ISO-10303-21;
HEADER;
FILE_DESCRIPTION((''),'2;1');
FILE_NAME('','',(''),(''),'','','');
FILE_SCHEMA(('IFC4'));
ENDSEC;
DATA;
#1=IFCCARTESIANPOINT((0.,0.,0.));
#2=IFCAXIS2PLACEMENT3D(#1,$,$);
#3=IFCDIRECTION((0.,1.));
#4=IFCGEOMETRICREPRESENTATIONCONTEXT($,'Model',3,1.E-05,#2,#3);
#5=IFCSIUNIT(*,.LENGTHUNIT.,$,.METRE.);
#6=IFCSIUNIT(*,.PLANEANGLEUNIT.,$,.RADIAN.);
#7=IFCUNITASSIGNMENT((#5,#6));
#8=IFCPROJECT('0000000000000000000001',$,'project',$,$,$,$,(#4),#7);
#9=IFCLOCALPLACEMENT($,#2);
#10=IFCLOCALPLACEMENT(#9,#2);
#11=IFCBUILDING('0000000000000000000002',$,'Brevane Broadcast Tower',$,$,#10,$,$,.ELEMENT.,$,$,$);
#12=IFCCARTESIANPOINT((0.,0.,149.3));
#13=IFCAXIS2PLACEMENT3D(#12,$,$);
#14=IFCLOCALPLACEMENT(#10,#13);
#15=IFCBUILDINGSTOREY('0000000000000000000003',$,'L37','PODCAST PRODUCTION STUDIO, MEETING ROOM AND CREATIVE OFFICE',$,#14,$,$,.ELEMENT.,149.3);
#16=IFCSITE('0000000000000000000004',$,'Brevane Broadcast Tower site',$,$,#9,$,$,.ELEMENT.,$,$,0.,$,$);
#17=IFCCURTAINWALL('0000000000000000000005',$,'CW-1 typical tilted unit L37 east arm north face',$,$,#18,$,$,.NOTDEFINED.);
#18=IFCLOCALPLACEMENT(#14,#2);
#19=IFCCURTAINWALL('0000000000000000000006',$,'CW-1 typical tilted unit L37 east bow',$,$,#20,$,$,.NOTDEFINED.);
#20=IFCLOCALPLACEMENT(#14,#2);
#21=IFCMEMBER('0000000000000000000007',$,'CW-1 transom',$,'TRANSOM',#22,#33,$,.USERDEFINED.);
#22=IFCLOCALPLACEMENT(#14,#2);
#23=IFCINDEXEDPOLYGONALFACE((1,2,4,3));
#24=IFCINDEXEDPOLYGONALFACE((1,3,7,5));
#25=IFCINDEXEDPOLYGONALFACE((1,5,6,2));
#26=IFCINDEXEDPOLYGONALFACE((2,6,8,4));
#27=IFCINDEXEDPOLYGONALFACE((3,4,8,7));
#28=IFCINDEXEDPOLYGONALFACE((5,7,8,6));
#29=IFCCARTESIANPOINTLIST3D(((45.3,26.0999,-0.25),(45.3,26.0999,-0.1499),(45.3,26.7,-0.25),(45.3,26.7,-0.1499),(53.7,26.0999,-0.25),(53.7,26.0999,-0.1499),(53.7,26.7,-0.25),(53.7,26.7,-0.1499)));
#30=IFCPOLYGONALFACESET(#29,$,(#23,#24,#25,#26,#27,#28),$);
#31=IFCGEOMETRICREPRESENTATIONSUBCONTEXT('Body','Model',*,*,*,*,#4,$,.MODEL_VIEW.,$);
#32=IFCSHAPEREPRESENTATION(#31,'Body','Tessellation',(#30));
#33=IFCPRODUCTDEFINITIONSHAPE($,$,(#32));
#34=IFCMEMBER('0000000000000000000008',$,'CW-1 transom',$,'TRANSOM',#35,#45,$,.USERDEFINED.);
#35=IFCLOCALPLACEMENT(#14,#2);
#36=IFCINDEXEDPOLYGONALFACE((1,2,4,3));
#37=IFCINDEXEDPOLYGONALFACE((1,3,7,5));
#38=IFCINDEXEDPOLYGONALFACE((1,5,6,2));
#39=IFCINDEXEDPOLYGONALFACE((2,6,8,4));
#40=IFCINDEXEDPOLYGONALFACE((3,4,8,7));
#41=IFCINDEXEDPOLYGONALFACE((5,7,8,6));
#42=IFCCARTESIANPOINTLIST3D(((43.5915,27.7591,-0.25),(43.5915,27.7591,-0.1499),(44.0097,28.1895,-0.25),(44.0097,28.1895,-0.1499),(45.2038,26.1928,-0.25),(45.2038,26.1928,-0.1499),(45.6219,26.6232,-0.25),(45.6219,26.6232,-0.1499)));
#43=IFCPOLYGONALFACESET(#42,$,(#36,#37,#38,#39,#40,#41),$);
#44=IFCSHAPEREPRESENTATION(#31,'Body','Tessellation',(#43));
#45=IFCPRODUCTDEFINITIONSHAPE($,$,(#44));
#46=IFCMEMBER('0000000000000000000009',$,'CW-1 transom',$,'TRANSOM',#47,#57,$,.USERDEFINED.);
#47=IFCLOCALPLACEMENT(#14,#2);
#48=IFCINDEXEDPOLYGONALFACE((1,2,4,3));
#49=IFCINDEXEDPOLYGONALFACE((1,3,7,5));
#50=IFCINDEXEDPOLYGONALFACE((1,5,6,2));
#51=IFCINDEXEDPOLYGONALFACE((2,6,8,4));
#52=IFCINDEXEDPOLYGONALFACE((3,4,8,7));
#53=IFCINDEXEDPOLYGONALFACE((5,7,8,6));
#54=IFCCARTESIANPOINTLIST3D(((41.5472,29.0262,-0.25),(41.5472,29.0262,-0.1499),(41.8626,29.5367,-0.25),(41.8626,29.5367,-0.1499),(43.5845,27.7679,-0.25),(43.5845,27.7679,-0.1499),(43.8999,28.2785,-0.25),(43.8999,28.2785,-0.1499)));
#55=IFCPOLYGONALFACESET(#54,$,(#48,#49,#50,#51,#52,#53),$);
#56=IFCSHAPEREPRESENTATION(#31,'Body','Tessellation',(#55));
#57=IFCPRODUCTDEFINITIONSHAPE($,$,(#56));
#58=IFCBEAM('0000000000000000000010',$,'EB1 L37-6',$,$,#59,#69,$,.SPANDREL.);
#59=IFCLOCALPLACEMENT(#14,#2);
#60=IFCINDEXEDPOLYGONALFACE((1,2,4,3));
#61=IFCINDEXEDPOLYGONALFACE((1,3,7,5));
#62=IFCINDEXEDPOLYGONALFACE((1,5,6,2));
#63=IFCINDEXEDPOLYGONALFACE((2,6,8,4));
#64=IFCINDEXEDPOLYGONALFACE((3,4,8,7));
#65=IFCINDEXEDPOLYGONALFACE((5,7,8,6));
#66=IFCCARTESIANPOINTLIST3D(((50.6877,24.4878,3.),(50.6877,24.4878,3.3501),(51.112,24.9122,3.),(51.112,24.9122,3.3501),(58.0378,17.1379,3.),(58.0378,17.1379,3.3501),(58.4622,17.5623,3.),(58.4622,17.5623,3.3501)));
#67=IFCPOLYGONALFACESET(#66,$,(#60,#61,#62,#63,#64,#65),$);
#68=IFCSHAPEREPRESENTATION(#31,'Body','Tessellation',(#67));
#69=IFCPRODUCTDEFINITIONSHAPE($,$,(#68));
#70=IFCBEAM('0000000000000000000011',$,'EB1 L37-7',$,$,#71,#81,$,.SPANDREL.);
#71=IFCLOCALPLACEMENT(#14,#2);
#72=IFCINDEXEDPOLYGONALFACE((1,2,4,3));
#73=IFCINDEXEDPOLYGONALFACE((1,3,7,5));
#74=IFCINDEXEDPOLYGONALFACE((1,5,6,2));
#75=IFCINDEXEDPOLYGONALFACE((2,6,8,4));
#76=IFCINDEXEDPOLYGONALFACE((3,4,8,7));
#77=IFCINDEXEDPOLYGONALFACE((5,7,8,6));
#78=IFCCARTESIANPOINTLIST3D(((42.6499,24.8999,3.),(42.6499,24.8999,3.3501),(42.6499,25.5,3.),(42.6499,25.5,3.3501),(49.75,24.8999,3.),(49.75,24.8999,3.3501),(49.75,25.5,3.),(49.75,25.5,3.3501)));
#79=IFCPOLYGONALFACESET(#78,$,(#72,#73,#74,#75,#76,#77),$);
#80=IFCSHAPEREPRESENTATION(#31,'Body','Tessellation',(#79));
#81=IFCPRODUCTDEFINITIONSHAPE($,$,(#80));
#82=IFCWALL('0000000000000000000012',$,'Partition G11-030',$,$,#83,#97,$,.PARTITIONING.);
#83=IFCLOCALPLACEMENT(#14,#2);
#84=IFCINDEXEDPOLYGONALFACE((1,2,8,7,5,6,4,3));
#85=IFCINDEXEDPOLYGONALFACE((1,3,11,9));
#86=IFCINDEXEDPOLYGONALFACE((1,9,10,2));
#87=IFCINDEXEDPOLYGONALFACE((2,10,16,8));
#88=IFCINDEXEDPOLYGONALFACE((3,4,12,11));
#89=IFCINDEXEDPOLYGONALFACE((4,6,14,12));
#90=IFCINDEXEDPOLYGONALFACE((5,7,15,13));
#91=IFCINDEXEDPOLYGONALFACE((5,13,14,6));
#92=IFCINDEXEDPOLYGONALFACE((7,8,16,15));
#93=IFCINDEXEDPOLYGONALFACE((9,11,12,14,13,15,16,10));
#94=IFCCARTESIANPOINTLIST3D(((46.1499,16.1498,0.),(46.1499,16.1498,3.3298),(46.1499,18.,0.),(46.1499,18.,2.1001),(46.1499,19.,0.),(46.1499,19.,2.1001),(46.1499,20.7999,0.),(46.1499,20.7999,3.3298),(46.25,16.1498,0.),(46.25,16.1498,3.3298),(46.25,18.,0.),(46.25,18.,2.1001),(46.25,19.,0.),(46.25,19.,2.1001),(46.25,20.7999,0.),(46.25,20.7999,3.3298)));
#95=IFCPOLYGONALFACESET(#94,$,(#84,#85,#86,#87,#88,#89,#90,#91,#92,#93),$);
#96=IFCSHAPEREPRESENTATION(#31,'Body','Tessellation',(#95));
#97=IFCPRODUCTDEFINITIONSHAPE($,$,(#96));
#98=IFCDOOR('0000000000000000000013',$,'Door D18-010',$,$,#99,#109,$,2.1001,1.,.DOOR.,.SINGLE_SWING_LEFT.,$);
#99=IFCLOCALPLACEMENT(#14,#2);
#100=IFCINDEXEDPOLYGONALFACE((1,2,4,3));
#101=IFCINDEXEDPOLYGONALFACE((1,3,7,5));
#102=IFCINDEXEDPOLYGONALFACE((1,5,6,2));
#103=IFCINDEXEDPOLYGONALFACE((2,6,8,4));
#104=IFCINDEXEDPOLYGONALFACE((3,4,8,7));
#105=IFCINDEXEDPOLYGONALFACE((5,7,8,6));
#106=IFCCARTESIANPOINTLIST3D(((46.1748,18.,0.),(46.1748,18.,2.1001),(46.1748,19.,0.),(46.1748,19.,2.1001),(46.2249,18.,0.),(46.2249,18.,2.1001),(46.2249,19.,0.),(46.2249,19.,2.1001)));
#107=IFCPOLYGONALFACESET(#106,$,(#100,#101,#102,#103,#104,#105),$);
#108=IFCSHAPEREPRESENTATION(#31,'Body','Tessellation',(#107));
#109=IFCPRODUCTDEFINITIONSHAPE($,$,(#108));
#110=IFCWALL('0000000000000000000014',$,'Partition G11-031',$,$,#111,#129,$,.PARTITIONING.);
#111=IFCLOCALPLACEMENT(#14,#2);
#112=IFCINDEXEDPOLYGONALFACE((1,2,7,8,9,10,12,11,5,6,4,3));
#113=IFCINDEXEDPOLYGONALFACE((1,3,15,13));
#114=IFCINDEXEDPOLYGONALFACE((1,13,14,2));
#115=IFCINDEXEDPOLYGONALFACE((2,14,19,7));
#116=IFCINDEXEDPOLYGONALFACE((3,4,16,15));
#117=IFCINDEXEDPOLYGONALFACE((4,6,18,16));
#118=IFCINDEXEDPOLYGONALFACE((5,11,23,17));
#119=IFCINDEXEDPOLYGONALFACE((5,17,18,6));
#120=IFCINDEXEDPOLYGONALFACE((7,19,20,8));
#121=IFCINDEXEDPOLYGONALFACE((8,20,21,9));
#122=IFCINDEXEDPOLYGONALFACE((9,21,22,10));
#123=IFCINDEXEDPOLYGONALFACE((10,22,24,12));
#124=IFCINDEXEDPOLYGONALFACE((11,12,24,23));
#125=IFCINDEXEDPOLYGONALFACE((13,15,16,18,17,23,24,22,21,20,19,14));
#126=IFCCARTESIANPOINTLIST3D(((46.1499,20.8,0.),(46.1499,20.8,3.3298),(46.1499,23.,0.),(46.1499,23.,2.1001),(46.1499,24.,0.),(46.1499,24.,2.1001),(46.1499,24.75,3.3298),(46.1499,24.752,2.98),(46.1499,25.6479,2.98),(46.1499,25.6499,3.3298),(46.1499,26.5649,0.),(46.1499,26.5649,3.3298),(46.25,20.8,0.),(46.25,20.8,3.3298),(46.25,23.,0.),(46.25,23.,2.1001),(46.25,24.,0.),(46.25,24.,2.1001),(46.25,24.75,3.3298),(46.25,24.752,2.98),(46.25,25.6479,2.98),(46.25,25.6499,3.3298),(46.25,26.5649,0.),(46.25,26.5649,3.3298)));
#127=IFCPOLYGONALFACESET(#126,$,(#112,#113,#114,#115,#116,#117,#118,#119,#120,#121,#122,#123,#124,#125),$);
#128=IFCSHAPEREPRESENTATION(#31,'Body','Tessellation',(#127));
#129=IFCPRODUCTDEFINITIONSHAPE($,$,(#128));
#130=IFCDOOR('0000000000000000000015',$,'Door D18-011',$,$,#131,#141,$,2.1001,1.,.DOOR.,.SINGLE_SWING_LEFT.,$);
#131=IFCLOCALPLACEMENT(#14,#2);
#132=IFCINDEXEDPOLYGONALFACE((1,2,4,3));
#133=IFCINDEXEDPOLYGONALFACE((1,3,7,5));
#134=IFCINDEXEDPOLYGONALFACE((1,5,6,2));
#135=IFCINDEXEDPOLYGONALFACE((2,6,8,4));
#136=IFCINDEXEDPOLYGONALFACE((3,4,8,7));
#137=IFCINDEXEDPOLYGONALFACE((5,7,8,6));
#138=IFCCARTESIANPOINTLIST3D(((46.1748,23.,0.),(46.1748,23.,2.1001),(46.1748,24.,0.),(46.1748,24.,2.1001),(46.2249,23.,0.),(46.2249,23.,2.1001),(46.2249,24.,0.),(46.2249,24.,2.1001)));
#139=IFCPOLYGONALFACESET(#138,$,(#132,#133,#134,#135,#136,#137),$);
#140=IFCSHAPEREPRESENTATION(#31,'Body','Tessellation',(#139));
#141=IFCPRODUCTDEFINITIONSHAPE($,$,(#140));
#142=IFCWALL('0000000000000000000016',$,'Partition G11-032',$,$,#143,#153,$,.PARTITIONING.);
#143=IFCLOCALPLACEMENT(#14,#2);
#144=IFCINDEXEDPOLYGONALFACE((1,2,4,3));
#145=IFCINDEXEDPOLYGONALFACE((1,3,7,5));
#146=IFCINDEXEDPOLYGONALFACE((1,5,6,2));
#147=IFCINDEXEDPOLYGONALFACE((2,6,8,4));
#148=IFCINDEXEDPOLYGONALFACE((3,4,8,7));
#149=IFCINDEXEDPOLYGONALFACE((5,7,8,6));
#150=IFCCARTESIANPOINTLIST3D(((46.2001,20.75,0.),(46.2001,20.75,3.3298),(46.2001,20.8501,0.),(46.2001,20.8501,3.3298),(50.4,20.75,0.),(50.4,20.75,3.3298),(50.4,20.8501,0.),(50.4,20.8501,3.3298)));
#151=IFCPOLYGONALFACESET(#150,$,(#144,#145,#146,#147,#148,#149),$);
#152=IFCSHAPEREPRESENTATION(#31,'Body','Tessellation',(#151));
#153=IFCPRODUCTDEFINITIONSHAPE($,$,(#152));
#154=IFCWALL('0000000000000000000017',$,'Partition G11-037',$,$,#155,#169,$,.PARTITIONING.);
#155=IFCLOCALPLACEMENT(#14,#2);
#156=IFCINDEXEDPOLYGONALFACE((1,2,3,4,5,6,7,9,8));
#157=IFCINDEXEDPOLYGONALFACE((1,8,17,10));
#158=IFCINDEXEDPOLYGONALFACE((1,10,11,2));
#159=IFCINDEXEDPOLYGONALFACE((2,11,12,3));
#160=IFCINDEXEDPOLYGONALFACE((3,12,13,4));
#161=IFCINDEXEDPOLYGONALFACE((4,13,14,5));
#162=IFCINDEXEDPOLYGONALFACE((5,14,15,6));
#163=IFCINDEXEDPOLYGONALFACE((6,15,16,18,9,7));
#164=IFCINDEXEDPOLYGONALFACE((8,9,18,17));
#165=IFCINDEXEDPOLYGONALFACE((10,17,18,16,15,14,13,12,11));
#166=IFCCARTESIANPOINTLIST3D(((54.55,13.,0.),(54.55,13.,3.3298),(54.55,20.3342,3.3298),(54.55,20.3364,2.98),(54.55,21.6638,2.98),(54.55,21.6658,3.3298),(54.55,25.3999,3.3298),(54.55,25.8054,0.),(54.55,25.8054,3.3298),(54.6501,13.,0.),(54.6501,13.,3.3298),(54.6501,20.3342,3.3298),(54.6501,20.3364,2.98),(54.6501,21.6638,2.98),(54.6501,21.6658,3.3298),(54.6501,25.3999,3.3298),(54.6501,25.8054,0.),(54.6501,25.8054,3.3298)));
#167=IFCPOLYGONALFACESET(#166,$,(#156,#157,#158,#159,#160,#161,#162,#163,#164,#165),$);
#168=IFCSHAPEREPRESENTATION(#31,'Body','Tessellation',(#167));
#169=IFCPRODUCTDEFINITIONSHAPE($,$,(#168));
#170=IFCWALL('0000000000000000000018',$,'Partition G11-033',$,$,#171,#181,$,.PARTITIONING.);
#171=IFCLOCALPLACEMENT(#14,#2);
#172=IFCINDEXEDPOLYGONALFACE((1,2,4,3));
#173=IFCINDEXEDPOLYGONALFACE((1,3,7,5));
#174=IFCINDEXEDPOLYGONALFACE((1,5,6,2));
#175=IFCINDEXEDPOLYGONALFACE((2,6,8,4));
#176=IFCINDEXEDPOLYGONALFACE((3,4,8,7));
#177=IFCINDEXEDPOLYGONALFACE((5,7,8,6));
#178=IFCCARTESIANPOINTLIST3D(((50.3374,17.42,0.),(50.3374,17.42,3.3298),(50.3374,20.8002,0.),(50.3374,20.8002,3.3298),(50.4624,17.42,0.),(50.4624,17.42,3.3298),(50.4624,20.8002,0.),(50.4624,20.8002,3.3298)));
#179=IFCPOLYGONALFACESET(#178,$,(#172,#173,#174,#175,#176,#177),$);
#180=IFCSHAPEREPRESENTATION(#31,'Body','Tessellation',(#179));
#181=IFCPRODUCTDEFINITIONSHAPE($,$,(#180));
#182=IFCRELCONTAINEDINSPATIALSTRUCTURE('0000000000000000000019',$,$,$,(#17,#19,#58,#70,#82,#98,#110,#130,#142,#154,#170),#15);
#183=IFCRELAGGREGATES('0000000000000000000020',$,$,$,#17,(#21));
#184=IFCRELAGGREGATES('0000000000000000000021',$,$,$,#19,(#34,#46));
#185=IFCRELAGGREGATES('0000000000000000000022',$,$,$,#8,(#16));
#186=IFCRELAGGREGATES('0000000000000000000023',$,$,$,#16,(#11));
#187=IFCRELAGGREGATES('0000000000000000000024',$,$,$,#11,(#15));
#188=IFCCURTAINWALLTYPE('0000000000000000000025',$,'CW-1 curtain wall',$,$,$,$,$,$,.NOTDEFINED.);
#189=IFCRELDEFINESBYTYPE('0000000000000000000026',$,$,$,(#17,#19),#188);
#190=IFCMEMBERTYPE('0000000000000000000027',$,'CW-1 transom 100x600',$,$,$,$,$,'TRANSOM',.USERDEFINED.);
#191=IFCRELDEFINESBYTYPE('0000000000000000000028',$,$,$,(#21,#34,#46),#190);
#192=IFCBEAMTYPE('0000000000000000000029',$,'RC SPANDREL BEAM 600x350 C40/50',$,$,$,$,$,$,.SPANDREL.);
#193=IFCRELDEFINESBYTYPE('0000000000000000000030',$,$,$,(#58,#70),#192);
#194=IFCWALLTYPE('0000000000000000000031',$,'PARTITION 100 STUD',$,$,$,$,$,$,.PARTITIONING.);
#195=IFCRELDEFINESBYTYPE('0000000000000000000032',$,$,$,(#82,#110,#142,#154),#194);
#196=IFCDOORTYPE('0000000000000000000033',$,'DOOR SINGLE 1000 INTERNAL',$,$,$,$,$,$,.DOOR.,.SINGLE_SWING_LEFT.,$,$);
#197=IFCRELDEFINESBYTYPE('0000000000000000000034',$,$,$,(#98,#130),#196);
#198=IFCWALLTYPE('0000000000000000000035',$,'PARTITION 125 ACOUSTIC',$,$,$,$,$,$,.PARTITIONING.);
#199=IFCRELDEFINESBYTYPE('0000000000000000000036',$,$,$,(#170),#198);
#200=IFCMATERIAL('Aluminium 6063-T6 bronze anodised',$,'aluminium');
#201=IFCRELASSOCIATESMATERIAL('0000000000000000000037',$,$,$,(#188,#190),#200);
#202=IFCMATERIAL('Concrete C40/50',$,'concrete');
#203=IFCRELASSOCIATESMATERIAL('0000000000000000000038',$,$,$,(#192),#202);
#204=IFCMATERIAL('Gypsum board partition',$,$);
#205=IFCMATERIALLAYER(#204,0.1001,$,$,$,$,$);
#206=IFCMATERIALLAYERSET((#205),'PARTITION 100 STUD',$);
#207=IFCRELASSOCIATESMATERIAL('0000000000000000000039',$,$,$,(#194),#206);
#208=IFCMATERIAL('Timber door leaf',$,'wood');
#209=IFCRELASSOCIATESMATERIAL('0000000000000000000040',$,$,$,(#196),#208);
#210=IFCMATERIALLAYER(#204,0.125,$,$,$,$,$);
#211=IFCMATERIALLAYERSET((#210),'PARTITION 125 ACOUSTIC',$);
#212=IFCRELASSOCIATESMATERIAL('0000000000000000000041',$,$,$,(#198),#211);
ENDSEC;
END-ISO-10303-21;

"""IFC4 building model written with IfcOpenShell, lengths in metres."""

from ifc_helpers import new_model, si_unit, direction, frame, frame_2d, origin, origin_2d, place, context, subcontext, project, spatial, polyline, rectangle, outline, extrude, material, layer, layer_set, material_profile, profile_set, type_object, element, fill, aggregate, save


model = new_model("IFC4")

# Units and contexts
model_context = context("Model", 3, precision=1e-05, world=origin(), true_north=direction((0.0, 1.0)))
body_context = subcontext(model_context, "Body", "Model", "MODEL_VIEW")
ifc_project = project(units=[si_unit("LENGTHUNIT", "METRE"), si_unit("PLANEANGLEUNIT", "RADIAN")], contexts=[model_context])

# Site, building, storey
site_placement = place(None, origin())
site = spatial("IfcSite", under=ifc_project, at=site_placement, Name="Brevane Broadcast Tower site", CompositionType="ELEMENT", RefElevation=0.0)
building_placement = place(site_placement, origin())
building = spatial("IfcBuilding", under=site, at=building_placement, Name="Brevane Broadcast Tower", CompositionType="ELEMENT")
storey_placement = place(building_placement, frame((0.0, 0.0, 149.3)))
storey = spatial("IfcBuildingStorey", under=building, at=storey_placement, Name="L37", Description="PODCAST PRODUCTION STUDIO, MEETING ROOM AND CREATIVE OFFICE", CompositionType="ELEMENT", Elevation=149.3)

# Curtain walls
ifc_material_1 = material(Name="Aluminium 6063-T6 bronze anodised", Category="aluminium")
curtain_wall_type = type_object("IfcCurtainWallType", Name="CW-1 curtain wall", PredefinedType="NOTDEFINED", material=ifc_material_1)
curtain_wall_1_placement = place(storey_placement, origin())
curtain_wall_1 = element("IfcCurtainWall", 1, at=curtain_wall_1_placement, inside=storey, type_object=curtain_wall_type, Name="CW-1 typical tilted unit L37 east arm north face", PredefinedType="NOTDEFINED")
curtain_wall_2_placement = place(storey_placement, origin())
curtain_wall_2 = element("IfcCurtainWall", 2, at=curtain_wall_2_placement, inside=storey, type_object=curtain_wall_type, Name="CW-1 typical tilted unit L37 east bow", PredefinedType="NOTDEFINED")

# Members
ifc_material_profile_1 = material_profile(ifc_material_1, rectangle(XDim=0.6001, YDim=0.1001, at=origin_2d()), Name="RECT 100x600")
ifc_profile_set_1 = profile_set([ifc_material_profile_1], Name="Aluminium 6063-T6 bronze anodised")
member_type_1 = type_object("IfcMemberType", Name="CW-1 transom 100x600", ElementType="TRANSOM", PredefinedType="USERDEFINED", material=ifc_profile_set_1)
member_1_placement = place(storey_placement, frame((53.7, 26.3999, -0.2), z_axis=(-1.0, 0.0, 0.0), x_axis=(0.0, -1.0, 0.0)))
member_1 = element("IfcMember", 3, at=member_1_placement, type_object=member_type_1, Name="CW-1 transom", ObjectType="TRANSOM", PredefinedType="USERDEFINED", context=body_context, shape_type="SweptSolid", body=[
    extrude(rectangle(XDim=0.6001, YDim=0.1001, at=origin_2d()), origin(), (0.0, 0.0, 1.0), 8.3999),
])
aggregate(curtain_wall_1, [member_1])
member_2_placement = place(storey_placement, frame((45.4128, 26.408, -0.2), z_axis=(-0.717242, 0.696824, 0.0), x_axis=(-0.696824, -0.717242, 0.0)))
member_2 = element("IfcMember", 4, at=member_2_placement, type_object=member_type_1, Name="CW-1 transom", ObjectType="TRANSOM", PredefinedType="USERDEFINED", context=body_context, shape_type="SweptSolid", body=[
    extrude(rectangle(XDim=0.6001, YDim=0.1001, at=origin_2d()), origin(), (0.0, 0.0, 1.0), 2.2478),
])
member_3_placement = place(storey_placement, frame((43.7422, 28.0232, -0.2), z_axis=(-0.85081, 0.525473, 0.0), x_axis=(-0.525473, -0.85081, 0.0)))
member_3 = element("IfcMember", 5, at=member_3_placement, type_object=member_type_1, Name="CW-1 transom", ObjectType="TRANSOM", PredefinedType="USERDEFINED", context=body_context, shape_type="SweptSolid", body=[
    extrude(rectangle(XDim=0.6001, YDim=0.1001, at=origin_2d()), origin(), (0.0, 0.0, 1.0), 2.3945),
])
aggregate(curtain_wall_2, [member_2, member_3])

# Beams
ifc_material_2 = material(Name="Concrete C40/50", Category="concrete")
ifc_material_profile_2 = material_profile(ifc_material_2, rectangle(XDim=0.6001, YDim=0.3501, at=origin_2d()), Name="RC 600x350")
ifc_profile_set_2 = profile_set([ifc_material_profile_2], Name="Concrete C40/50")
beam_type = type_object("IfcBeamType", Name="RC SPANDREL BEAM 600x350 C40/50", PredefinedType="SPANDREL", material=ifc_profile_set_2)
beam_1_placement = place(storey_placement, frame((58.25, 17.3501, 3.175), z_axis=(-0.707119, 0.707095, 0.0), x_axis=(-0.707095, -0.707119, 0.0)))
element("IfcBeam", 6, at=beam_1_placement, inside=storey, type_object=beam_type, Name="EB1 L37-6", PredefinedType="SPANDREL", context=body_context, shape_type="SweptSolid", body=[
    extrude(rectangle(XDim=0.6001, YDim=0.3501, at=origin_2d()), origin(), (0.0, 0.0, 1.0), 10.3945),
])
beam_2_placement = place(storey_placement, frame((49.75, 25.2, 3.175), z_axis=(-1.0, 0.0, 0.0), x_axis=(0.0, -1.0, 0.0)))
element("IfcBeam", 7, at=beam_2_placement, inside=storey, type_object=beam_type, Name="EB1 L37-7", PredefinedType="SPANDREL", context=body_context, shape_type="SweptSolid", body=[
    extrude(rectangle(XDim=0.6001, YDim=0.3501, at=origin_2d()), origin(), (0.0, 0.0, 1.0), 7.1001),
])

# Walls, openings, doors
ifc_material_3 = material(Name="Gypsum board partition")
ifc_layer_1 = layer(ifc_material_3, 0.1001)
ifc_layer_set_1 = layer_set([ifc_layer_1], Name="PARTITION 100 STUD")
wall_type_1 = type_object("IfcWallType", Name="PARTITION 100 STUD", PredefinedType="PARTITIONING", material=ifc_layer_set_1)
wall_1_placement = place(storey_placement, frame((46.2, 20.8, 0.0), z_axis=(0.0, 0.0, 1.0), x_axis=(0.0, -1.0, 0.0)))
wall_1 = element("IfcWall", 8, at=wall_1_placement, inside=storey, type_object=wall_type_1, Name="Partition G11-030", PredefinedType="PARTITIONING", context=body_context, shape_type="SweptSolid", body=[
    extrude(rectangle(XDim=4.6501, YDim=0.1001, at=frame_2d((2.3252, 0.0))), origin(), (0.0, 0.0, 1.0), 3.3298),
])
opening_1_placement = place(wall_1_placement, frame((1.8, 0.0, 0.0)))
opening_1 = element("IfcOpeningElement", 9, at=opening_1_placement, cuts=wall_1, PredefinedType="OPENING", context=body_context, shape_type="SweptSolid", body=[
    extrude(rectangle(XDim=1.0, YDim=2.1001, at=frame_2d((0.5, 1.05))), frame((0.0, 0.0601, 0.0), z_axis=(0.0, -1.0, 0.0), x_axis=(1.0, 0.0, 0.0)), (0.0, 0.0, 1.0), 0.1201),
])
ifc_material_4 = material(Name="Timber door leaf", Category="wood")
door_type = type_object("IfcDoorType", Name="DOOR SINGLE 1000 INTERNAL", OperationType="SINGLE_SWING_LEFT", PredefinedType="DOOR", material=ifc_material_4)
door_1_placement = place(opening_1_placement, origin())
door_1 = element("IfcDoor", 10, at=door_1_placement, inside=storey, type_object=door_type, Name="Door D18-010", OperationType="SINGLE_SWING_LEFT", OverallHeight=2.1001, OverallWidth=1.0, PredefinedType="DOOR", context=body_context, shape_type="SweptSolid", body=[
    extrude(rectangle(XDim=1.0, YDim=2.1001, at=frame_2d((0.5, 1.05))), frame((0.0, 0.0249, 0.0), z_axis=(0.0, -1.0, 0.0), x_axis=(1.0, 0.0, 0.0)), (0.0, 0.0, 1.0), 0.05),
])
fill(opening_1, door_1)
wall_2_placement = place(storey_placement, frame((46.2, 26.5649, 0.0), z_axis=(0.0, 0.0, 1.0), x_axis=(0.0, -1.0, 0.0)))
wall_2 = element("IfcWall", 11, at=wall_2_placement, inside=storey, type_object=wall_type_1, Name="Partition G11-031", PredefinedType="PARTITIONING", context=body_context, shape_type="SweptSolid", body=[
    extrude(outline(polyline([(0.0, 0.0), (5.7649, 0.0), (5.7649, 3.3298), (1.8149, 3.3298), (1.813, 2.98), (0.917, 2.98), (0.915, 3.3298), (0.2649, 3.3298), (0.0, 3.3298), (0.0, 0.0)])), frame((0.0, 0.05, 0.0), z_axis=(0.0, -1.0, 0.0), x_axis=(1.0, 0.0, 0.0)), (0.0, 0.0, 1.0), 0.1001),
])
opening_2_placement = place(wall_2_placement, frame((2.5649, 0.0, 0.0)))
opening_2 = element("IfcOpeningElement", 12, at=opening_2_placement, cuts=wall_2, PredefinedType="OPENING", context=body_context, shape_type="SweptSolid", body=[
    extrude(rectangle(XDim=1.0, YDim=2.1001, at=frame_2d((0.5, 1.05))), frame((0.0, 0.0601, 0.0), z_axis=(0.0, -1.0, 0.0), x_axis=(1.0, 0.0, 0.0)), (0.0, 0.0, 1.0), 0.1201),
])
door_2_placement = place(opening_2_placement, origin())
door_2 = element("IfcDoor", 13, at=door_2_placement, inside=storey, type_object=door_type, Name="Door D18-011", OperationType="SINGLE_SWING_LEFT", OverallHeight=2.1001, OverallWidth=1.0, PredefinedType="DOOR", context=body_context, shape_type="SweptSolid", body=[
    extrude(rectangle(XDim=1.0, YDim=2.1001, at=frame_2d((0.5, 1.05))), frame((0.0, 0.0249, 0.0), z_axis=(0.0, -1.0, 0.0), x_axis=(1.0, 0.0, 0.0)), (0.0, 0.0, 1.0), 0.05),
])
fill(opening_2, door_2)

# Walls
wall_3_placement = place(storey_placement, frame((46.2, 20.8, 0.0), z_axis=(0.0, 0.0, 1.0), x_axis=(1.0, 0.0, 0.0)))
element("IfcWall", 14, at=wall_3_placement, inside=storey, type_object=wall_type_1, Name="Partition G11-032", PredefinedType="PARTITIONING", context=body_context, shape_type="SweptSolid", body=[
    extrude(rectangle(XDim=4.2, YDim=0.1001, at=frame_2d((2.1001, 0.0))), origin(), (0.0, 0.0, 1.0), 3.3298),
])
wall_4_placement = place(storey_placement, frame((54.6001, 25.8054, 0.0), z_axis=(0.0, 0.0, 1.0), x_axis=(0.0, -1.0, 0.0)))
element("IfcWall", 15, at=wall_4_placement, inside=storey, type_object=wall_type_1, Name="Partition G11-037", PredefinedType="PARTITIONING", context=body_context, shape_type="SweptSolid", body=[
    extrude(outline(polyline([(0.0, 0.0), (12.8054, 0.0), (12.8054, 3.3298), (5.4712, 3.3298), (5.469, 2.98), (4.1416, 2.98), (4.1396, 3.3298), (0.4055, 3.3298), (0.0, 3.3298), (0.0, 0.0)])), frame((0.0, 0.05, 0.0), z_axis=(0.0, -1.0, 0.0), x_axis=(1.0, 0.0, 0.0)), (0.0, 0.0, 1.0), 0.1001),
])
ifc_layer_2 = layer(ifc_material_3, 0.125)
ifc_layer_set_2 = layer_set([ifc_layer_2], Name="PARTITION 125 ACOUSTIC")
wall_type_2 = type_object("IfcWallType", Name="PARTITION 125 ACOUSTIC", PredefinedType="PARTITIONING", material=ifc_layer_set_2)
wall_5_placement = place(storey_placement, frame((50.3999, 20.8, 0.0), z_axis=(0.0, 0.0, 1.0), x_axis=(0.0, -1.0, 0.0)))
element("IfcWall", 16, at=wall_5_placement, inside=storey, type_object=wall_type_2, Name="Partition G11-033", PredefinedType="PARTITIONING", context=body_context, shape_type="SweptSolid", body=[
    extrude(rectangle(XDim=3.3801, YDim=0.125, at=frame_2d((1.6899, 0.0))), origin(), (0.0, 0.0, 1.0), 3.3298),
])

save(model, "model.ifc")
